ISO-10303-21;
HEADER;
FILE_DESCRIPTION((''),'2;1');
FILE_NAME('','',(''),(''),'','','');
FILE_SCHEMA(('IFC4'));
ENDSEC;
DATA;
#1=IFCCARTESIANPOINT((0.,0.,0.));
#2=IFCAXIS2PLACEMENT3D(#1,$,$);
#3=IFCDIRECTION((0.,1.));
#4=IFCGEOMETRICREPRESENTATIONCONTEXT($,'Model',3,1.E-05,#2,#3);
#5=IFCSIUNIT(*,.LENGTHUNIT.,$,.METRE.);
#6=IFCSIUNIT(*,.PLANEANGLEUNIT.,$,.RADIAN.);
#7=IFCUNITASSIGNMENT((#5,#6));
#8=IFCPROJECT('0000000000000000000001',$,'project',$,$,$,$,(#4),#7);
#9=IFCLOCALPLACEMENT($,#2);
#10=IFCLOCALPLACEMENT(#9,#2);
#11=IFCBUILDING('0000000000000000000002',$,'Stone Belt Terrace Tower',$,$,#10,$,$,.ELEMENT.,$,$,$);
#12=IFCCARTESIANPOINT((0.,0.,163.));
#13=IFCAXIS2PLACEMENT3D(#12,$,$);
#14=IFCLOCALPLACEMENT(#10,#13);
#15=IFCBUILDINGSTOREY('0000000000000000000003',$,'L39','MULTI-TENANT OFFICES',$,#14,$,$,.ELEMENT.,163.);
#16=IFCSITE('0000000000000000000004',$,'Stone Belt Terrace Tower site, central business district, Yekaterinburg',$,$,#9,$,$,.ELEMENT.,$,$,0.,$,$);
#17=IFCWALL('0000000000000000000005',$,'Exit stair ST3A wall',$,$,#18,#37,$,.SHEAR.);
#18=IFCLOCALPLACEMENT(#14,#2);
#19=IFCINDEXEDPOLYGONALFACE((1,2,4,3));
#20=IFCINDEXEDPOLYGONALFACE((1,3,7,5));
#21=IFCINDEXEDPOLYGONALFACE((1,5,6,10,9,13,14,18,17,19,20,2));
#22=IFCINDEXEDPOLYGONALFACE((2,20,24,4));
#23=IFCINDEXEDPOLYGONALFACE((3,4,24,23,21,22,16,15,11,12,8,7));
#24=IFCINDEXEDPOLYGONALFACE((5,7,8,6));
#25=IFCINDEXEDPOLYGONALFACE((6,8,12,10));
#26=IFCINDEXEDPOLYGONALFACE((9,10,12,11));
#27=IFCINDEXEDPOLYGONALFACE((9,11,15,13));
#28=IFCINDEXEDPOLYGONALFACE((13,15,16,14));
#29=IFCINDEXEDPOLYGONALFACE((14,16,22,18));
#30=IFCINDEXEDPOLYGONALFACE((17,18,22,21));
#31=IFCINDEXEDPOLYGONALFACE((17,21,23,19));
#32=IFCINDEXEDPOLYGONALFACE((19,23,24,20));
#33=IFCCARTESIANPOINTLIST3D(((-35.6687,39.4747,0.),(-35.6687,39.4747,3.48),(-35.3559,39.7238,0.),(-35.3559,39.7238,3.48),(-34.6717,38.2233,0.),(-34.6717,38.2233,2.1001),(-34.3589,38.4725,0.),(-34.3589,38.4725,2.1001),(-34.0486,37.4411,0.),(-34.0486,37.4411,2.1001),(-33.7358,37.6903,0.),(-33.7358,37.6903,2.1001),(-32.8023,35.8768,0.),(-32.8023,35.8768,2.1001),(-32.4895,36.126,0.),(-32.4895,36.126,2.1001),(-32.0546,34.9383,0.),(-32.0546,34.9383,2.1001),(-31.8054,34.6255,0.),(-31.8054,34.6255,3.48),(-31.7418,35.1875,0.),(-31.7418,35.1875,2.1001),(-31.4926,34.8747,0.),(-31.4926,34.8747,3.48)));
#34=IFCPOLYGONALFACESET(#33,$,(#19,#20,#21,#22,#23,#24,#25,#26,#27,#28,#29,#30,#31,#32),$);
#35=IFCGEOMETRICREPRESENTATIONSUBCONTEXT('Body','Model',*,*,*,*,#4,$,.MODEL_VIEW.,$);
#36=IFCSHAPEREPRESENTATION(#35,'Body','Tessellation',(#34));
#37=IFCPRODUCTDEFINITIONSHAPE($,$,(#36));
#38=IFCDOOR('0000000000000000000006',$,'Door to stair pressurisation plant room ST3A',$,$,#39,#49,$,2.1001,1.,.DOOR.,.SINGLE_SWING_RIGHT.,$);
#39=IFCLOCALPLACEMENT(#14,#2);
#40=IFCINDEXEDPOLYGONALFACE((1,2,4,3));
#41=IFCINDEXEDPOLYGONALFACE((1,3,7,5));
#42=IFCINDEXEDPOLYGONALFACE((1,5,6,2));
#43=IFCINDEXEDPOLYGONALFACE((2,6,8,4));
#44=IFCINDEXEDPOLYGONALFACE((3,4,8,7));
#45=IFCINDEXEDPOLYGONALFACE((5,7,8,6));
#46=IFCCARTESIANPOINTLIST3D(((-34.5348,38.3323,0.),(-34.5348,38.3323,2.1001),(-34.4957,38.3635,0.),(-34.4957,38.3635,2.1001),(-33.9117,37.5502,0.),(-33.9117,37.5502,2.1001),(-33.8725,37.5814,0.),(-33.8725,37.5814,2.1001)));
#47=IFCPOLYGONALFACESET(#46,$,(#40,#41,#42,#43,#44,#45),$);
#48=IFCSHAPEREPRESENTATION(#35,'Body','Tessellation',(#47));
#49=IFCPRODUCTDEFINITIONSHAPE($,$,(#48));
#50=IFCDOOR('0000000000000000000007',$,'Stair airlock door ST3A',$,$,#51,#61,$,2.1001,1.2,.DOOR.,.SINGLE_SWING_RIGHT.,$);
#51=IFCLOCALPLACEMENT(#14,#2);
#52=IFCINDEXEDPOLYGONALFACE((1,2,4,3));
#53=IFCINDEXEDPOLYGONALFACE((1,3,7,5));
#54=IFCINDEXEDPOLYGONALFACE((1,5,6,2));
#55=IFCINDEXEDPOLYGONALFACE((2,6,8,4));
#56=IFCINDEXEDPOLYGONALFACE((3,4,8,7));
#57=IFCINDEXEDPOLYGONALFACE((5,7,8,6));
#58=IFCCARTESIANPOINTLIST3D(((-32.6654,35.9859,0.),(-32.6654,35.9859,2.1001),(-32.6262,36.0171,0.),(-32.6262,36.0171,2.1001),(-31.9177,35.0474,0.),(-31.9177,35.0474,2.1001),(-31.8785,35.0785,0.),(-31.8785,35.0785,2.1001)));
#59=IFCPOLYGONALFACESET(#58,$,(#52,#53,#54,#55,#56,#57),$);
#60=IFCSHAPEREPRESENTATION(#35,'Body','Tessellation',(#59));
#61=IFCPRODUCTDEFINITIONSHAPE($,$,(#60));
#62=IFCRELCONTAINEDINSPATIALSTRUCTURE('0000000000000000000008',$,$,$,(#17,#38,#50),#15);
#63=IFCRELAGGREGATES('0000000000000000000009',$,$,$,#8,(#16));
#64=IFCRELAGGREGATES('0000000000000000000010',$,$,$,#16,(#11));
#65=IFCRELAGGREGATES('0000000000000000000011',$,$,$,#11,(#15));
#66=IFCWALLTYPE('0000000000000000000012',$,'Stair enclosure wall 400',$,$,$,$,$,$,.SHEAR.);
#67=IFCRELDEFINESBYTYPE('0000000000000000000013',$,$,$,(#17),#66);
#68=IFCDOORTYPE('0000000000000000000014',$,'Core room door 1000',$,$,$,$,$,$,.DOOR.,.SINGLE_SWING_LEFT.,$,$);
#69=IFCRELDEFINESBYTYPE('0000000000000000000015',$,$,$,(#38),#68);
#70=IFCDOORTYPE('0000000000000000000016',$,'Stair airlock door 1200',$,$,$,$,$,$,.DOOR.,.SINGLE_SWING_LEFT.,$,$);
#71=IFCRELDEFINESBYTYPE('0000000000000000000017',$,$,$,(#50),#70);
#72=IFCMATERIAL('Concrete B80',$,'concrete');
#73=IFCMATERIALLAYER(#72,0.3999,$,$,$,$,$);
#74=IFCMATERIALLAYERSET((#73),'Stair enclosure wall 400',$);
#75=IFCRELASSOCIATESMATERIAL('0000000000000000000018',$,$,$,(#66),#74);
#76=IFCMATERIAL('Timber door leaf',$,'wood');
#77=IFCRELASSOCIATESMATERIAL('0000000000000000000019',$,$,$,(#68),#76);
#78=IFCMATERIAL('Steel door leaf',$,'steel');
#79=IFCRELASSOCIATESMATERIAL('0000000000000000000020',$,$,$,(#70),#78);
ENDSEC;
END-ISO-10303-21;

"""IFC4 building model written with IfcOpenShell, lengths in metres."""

from ifc_helpers import new_model, si_unit, direction, frame, frame_2d, origin, place, context, subcontext, project, spatial, rectangle, extrude, material, layer, layer_set, type_object, element, fill, save


model = new_model("IFC4")

# Units and contexts
model_context = context("Model", 3, precision=1e-05, world=origin(), true_north=direction((0.0, 1.0)))
body_context = subcontext(model_context, "Body", "Model", "MODEL_VIEW")
ifc_project = project(units=[si_unit("LENGTHUNIT", "METRE"), si_unit("PLANEANGLEUNIT", "RADIAN")], contexts=[model_context])

# Site, building, storey
site_placement = place(None, origin())
site = spatial("IfcSite", under=ifc_project, at=site_placement, Name="Stone Belt Terrace Tower site, central business district, Yekaterinburg", CompositionType="ELEMENT", RefElevation=0.0)
building_placement = place(site_placement, origin())
building = spatial("IfcBuilding", under=site, at=building_placement, Name="Stone Belt Terrace Tower", CompositionType="ELEMENT")
storey_placement = place(building_placement, frame((0.0, 0.0, 163.0)))
storey = spatial("IfcBuildingStorey", under=building, at=storey_placement, Name="L39", Description="MULTI-TENANT OFFICES", CompositionType="ELEMENT", Elevation=163.0)

# Shared definitions
ifc_material_1 = material(Name="Concrete B80", Category="concrete")

# Wall, openings, doors
ifc_layer_1 = layer(ifc_material_1, 0.3999)
ifc_layer_set_1 = layer_set([ifc_layer_1], Name="Stair enclosure wall 400")
wall_type_1 = type_object("IfcWallType", Name="Stair enclosure wall 400", PredefinedType="SHEAR", material=ifc_layer_set_1)
wall_1_placement = place(storey_placement, frame((-31.6489, 34.75, 0.0), z_axis=(0.0, 0.0, 1.0), x_axis=(-0.623119, 0.782127, 0.0)))
wall_1 = element("IfcWall", 1, at=wall_1_placement, inside=storey, type_object=wall_type_1, Name="Exit stair ST3A wall", PredefinedType="SHEAR", context=body_context, shape_type="SweptSolid", body=[
    extrude(rectangle(XDim=6.2, YDim=0.3999, at=frame_2d((3.1001, 0.0))), origin(), (0.0, 0.0, 1.0), 3.48),
])
opening_1_placement = place(wall_1_placement, frame((0.3999, 0.0, 0.0)))
opening_1 = element("IfcOpeningElement", 2, at=opening_1_placement, cuts=wall_1, PredefinedType="OPENING", context=body_context, shape_type="SweptSolid", body=[
    extrude(rectangle(XDim=1.2, YDim=2.1001, at=frame_2d((0.6001, 1.05))), frame((0.0, 0.21, 0.0), z_axis=(0.0, -1.0, 0.0), x_axis=(1.0, 0.0, 0.0)), (0.0, 0.0, 1.0), 0.4199),
])
opening_2_placement = place(wall_1_placement, frame((3.6001, 0.0, 0.0)))
opening_2 = element("IfcOpeningElement", 3, at=opening_2_placement, cuts=wall_1, PredefinedType="OPENING", context=body_context, shape_type="SweptSolid", body=[
    extrude(rectangle(XDim=1.0, YDim=2.1001, at=frame_2d((0.5, 1.05))), frame((0.0, 0.21, 0.0), z_axis=(0.0, -1.0, 0.0), x_axis=(1.0, 0.0, 0.0)), (0.0, 0.0, 1.0), 0.4199),
])
ifc_material_2 = material(Name="Timber door leaf", Category="wood")
door_type_1 = type_object("IfcDoorType", Name="Core room door 1000", OperationType="SINGLE_SWING_LEFT", PredefinedType="DOOR", material=ifc_material_2)
door_1_placement = place(opening_2_placement, origin())
door_1 = element("IfcDoor", 4, at=door_1_placement, inside=storey, type_object=door_type_1, Name="Door to stair pressurisation plant room ST3A", OperationType="SINGLE_SWING_RIGHT", OverallHeight=2.1001, OverallWidth=1.0, PredefinedType="DOOR", context=body_context, shape_type="SweptSolid", body=[
    extrude(rectangle(XDim=1.0, YDim=2.1001, at=frame_2d((0.5, 1.05))), frame((0.0, 0.0249, 0.0), z_axis=(0.0, -1.0, 0.0), x_axis=(1.0, 0.0, 0.0)), (0.0, 0.0, 1.0), 0.05),
])
fill(opening_2, door_1)
ifc_material_3 = material(Name="Steel door leaf", Category="steel")
door_type_2 = type_object("IfcDoorType", Name="Stair airlock door 1200", OperationType="SINGLE_SWING_LEFT", PredefinedType="DOOR", material=ifc_material_3)
door_2_placement = place(opening_1_placement, origin())
door_2 = element("IfcDoor", 5, at=door_2_placement, inside=storey, type_object=door_type_2, Name="Stair airlock door ST3A", OperationType="SINGLE_SWING_RIGHT", OverallHeight=2.1001, OverallWidth=1.2, PredefinedType="DOOR", context=body_context, shape_type="SweptSolid", body=[
    extrude(rectangle(XDim=1.2, YDim=2.1001, at=frame_2d((0.6001, 1.05))), frame((0.0, 0.0249, 0.0), z_axis=(0.0, -1.0, 0.0), x_axis=(1.0, 0.0, 0.0)), (0.0, 0.0, 1.0), 0.05),
])
fill(opening_1, door_2)

save(model, "model.ifc")
